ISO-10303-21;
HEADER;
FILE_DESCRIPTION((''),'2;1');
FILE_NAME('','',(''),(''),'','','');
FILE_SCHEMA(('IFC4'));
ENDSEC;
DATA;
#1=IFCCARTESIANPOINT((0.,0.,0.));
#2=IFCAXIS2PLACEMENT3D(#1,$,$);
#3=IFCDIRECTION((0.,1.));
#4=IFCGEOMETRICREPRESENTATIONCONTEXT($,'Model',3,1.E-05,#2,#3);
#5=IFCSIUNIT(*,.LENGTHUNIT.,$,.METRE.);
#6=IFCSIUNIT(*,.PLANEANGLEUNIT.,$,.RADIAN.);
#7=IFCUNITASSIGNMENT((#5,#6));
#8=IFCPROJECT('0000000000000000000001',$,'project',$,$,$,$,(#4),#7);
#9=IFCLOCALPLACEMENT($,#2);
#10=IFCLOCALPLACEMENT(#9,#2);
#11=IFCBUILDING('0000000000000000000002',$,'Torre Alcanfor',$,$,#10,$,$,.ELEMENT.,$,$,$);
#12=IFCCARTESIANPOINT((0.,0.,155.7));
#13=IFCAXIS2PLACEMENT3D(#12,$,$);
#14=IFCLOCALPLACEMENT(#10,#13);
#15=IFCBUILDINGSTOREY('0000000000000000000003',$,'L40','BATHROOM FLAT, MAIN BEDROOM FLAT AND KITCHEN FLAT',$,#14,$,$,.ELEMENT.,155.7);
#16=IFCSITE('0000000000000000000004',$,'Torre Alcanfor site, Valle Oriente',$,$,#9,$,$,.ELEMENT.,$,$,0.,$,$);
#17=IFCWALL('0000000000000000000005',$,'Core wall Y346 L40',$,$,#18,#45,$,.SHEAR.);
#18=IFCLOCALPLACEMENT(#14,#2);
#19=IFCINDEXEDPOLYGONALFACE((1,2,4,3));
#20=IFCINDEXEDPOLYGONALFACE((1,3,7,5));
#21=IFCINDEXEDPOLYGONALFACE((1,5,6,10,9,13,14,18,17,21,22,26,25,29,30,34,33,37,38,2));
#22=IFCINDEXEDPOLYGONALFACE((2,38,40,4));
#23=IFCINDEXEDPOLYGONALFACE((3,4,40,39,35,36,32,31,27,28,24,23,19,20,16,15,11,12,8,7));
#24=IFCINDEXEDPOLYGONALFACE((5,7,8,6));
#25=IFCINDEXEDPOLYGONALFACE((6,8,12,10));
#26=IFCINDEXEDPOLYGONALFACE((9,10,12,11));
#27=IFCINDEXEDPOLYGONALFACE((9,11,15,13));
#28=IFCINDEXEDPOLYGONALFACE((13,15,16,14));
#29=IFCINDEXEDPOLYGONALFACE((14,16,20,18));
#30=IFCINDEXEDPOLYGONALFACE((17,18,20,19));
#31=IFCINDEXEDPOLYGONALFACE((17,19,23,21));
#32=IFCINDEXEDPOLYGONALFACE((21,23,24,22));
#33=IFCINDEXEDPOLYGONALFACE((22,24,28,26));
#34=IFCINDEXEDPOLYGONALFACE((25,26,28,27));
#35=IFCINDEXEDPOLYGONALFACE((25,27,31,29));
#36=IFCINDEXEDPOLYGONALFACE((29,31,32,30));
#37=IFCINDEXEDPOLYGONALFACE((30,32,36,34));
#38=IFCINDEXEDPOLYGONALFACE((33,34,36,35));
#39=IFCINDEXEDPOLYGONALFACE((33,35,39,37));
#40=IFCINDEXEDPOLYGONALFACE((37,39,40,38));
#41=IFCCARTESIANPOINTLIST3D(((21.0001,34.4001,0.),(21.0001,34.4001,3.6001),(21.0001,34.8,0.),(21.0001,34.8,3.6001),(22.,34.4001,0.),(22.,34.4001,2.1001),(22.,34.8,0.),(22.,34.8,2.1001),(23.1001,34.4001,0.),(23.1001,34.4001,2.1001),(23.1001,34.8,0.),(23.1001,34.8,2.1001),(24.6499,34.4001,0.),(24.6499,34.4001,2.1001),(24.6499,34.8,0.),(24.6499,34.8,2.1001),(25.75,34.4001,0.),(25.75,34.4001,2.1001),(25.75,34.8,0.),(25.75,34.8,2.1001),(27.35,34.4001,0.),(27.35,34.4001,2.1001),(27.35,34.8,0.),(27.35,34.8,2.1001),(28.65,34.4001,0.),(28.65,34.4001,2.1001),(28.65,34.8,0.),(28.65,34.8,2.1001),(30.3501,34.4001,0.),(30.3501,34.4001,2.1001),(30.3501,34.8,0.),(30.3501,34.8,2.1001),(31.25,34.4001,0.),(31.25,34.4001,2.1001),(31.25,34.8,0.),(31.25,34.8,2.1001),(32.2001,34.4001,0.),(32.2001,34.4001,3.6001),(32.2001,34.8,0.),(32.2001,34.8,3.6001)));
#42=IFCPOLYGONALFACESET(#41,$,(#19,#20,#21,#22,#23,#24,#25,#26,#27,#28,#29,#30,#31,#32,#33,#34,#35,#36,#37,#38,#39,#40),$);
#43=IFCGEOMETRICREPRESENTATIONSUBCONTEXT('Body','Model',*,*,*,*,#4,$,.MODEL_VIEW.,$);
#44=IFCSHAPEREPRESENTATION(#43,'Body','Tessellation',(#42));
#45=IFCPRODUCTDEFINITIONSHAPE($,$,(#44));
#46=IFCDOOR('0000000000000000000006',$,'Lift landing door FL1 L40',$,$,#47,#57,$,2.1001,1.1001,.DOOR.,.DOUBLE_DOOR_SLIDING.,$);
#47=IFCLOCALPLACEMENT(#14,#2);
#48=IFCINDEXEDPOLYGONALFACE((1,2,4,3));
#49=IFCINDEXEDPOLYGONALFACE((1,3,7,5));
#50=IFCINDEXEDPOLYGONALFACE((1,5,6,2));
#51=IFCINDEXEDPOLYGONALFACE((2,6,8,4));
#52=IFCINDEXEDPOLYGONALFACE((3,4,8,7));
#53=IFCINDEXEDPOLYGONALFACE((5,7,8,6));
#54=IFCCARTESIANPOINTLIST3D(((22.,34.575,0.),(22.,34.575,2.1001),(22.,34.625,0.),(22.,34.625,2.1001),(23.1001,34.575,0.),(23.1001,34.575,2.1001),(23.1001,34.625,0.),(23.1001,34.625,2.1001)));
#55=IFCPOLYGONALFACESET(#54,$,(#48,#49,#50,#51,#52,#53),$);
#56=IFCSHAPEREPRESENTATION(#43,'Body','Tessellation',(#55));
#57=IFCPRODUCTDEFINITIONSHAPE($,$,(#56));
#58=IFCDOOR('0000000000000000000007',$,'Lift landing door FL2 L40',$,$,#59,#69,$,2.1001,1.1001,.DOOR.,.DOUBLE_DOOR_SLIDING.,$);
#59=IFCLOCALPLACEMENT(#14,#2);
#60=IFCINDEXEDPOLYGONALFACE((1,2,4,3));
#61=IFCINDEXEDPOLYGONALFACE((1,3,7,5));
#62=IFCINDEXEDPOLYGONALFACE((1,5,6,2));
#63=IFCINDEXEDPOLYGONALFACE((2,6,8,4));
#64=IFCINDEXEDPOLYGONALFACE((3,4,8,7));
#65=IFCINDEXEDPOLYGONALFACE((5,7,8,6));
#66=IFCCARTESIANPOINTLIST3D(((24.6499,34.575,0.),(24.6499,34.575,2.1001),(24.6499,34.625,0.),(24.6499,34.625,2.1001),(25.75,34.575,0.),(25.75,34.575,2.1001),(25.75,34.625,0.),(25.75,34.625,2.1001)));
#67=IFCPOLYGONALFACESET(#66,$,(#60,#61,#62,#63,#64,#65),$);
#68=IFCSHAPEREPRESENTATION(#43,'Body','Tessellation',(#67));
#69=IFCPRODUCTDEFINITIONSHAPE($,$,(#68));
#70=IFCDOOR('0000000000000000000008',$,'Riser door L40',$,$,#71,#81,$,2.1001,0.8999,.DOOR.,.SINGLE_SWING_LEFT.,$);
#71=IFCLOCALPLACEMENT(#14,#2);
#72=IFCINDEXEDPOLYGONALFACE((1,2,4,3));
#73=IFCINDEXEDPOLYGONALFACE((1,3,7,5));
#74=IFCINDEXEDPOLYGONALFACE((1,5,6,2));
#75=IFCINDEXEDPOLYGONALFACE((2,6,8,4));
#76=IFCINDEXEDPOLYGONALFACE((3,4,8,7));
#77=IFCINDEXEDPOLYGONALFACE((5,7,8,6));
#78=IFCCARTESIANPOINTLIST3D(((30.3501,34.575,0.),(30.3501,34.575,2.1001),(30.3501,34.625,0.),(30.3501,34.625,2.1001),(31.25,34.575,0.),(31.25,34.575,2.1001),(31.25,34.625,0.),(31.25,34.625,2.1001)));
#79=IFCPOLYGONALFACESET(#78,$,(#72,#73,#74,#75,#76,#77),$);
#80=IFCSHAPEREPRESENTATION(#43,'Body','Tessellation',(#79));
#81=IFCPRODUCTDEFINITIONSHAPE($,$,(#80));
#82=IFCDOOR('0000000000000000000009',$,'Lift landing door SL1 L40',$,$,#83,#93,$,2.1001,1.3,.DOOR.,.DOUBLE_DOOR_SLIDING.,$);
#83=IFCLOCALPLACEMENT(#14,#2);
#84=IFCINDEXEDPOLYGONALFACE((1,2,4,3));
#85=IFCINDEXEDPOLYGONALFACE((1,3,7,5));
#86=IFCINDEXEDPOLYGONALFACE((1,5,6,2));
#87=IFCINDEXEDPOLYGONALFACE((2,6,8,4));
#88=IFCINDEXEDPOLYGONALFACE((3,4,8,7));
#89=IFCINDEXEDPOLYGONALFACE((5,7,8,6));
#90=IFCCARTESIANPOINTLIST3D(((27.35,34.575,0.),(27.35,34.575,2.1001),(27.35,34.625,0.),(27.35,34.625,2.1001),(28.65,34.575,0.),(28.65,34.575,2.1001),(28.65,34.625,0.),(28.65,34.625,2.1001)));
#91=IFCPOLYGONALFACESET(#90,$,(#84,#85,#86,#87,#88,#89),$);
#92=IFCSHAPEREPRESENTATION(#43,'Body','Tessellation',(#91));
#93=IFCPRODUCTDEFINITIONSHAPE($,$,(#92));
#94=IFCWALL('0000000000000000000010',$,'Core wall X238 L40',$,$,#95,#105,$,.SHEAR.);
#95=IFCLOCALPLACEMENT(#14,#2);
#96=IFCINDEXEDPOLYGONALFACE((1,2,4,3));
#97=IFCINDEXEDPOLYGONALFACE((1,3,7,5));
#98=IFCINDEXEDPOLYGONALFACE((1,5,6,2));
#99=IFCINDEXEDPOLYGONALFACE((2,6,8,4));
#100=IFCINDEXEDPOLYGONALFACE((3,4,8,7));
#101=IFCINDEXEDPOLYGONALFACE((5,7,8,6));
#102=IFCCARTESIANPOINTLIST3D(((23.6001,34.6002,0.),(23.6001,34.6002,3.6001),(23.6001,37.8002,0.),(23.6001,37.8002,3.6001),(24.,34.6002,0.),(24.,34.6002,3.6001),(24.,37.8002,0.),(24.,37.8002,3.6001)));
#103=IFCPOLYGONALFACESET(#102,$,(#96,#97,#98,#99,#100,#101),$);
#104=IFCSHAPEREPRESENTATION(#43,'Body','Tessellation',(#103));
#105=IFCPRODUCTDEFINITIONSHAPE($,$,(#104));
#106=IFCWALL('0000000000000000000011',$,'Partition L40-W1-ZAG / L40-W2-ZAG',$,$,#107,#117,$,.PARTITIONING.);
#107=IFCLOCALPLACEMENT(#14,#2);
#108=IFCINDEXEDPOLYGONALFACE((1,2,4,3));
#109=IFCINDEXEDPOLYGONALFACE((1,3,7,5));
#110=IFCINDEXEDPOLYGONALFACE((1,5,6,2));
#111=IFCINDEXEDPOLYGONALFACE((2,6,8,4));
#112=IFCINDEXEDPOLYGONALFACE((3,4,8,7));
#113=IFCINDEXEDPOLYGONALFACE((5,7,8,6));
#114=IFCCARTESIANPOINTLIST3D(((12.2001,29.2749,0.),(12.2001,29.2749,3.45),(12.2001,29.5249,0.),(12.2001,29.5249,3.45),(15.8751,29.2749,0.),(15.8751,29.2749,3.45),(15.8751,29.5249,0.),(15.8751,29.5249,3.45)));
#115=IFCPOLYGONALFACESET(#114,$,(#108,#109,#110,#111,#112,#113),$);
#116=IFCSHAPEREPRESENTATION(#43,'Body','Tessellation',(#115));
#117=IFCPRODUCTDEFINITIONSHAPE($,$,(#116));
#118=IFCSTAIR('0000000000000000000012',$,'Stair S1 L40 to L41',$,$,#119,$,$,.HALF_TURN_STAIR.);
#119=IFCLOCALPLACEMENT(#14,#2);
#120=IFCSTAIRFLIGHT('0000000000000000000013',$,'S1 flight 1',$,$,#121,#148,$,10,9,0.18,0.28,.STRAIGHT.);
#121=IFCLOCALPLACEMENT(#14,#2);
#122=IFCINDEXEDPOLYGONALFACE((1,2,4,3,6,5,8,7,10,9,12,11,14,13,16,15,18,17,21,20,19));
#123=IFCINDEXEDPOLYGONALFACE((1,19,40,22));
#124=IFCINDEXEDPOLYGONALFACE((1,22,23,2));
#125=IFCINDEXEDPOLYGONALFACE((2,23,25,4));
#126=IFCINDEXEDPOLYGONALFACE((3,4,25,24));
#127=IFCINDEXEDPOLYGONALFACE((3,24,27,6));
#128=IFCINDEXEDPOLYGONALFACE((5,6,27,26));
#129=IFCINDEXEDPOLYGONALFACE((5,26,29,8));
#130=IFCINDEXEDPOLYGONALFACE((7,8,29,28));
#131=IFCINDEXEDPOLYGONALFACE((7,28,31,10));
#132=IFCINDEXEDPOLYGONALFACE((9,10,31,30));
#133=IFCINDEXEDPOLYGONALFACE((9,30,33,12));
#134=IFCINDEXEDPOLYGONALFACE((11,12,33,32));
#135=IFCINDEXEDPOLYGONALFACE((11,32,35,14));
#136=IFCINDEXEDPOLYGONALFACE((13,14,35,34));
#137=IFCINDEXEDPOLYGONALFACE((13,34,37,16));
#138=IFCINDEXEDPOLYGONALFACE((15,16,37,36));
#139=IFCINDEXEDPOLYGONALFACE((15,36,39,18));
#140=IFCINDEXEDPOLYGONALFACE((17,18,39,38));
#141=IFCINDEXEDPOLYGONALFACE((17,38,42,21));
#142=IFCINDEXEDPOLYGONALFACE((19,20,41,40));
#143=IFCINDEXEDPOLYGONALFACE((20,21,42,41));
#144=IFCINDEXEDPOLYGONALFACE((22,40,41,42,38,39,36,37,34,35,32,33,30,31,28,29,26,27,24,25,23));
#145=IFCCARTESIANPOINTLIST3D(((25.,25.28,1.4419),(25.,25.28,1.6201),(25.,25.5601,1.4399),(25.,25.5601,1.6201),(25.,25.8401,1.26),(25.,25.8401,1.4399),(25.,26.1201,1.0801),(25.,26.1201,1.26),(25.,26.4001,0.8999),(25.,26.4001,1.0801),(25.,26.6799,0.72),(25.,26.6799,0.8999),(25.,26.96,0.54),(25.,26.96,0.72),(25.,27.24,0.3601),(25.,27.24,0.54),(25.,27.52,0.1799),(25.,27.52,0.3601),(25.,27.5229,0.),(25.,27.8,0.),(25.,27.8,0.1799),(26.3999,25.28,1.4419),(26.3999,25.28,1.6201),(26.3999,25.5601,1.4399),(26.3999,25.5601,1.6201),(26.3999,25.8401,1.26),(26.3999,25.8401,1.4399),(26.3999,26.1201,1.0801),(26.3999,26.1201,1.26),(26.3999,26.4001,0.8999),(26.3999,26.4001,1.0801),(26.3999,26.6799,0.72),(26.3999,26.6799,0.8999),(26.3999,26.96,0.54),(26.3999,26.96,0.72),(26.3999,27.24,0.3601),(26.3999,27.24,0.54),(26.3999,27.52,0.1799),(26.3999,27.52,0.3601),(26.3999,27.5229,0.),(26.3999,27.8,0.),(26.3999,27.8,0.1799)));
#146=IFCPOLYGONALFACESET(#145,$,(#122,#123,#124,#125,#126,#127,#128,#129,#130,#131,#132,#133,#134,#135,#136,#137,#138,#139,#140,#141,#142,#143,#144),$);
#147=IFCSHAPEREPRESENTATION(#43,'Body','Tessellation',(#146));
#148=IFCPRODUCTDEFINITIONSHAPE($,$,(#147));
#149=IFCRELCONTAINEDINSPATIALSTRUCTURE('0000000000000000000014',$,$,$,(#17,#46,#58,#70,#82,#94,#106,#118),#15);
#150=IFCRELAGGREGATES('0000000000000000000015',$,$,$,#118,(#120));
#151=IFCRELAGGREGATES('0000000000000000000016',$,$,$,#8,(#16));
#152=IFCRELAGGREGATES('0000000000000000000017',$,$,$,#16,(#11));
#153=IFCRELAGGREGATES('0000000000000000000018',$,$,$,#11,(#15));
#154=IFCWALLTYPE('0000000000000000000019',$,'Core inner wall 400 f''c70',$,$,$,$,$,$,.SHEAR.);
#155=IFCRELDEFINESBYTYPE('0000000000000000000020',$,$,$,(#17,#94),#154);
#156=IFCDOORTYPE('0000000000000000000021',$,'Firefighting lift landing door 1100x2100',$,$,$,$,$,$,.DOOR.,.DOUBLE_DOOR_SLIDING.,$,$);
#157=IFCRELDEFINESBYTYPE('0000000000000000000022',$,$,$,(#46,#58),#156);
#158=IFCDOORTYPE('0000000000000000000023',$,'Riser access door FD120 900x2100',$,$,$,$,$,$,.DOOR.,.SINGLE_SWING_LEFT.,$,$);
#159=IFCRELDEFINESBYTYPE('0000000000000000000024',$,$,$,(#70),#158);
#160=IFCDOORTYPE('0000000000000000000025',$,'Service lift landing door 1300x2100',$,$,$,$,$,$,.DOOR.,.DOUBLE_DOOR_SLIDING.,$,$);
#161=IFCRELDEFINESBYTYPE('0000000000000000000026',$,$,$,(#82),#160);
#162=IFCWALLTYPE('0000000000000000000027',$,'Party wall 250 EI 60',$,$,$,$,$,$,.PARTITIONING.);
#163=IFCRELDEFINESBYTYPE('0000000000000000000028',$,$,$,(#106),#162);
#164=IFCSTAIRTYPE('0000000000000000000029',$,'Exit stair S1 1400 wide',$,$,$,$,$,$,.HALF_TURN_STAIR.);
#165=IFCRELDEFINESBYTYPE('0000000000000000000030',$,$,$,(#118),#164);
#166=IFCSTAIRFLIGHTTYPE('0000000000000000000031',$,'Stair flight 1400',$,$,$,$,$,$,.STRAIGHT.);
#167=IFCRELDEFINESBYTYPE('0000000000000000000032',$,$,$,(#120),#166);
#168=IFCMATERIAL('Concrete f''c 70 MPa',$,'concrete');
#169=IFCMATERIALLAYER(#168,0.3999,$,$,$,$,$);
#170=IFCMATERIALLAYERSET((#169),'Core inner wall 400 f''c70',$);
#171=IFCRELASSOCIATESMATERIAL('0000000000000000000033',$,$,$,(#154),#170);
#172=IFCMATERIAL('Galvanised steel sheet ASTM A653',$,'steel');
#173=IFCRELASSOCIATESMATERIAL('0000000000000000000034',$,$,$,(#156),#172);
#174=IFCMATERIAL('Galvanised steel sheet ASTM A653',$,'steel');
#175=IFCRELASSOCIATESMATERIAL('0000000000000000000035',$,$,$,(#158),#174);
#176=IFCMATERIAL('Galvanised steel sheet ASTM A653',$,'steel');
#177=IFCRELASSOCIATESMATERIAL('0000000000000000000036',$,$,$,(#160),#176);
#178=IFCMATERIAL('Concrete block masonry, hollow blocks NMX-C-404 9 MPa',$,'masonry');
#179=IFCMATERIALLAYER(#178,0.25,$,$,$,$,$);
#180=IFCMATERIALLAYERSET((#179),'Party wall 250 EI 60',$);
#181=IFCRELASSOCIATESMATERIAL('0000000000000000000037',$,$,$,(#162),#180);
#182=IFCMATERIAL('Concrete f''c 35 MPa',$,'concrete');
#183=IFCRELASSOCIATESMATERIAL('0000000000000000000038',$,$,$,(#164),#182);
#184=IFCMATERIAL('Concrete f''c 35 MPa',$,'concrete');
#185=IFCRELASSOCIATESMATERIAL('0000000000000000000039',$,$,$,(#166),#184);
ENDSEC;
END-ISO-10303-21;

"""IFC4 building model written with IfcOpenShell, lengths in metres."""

from ifc_helpers import new_model, si_unit, direction, frame, frame_2d, origin, place, context, subcontext, project, spatial, polyline, rectangle, outline, extrude, material, layer, layer_set, type_object, element, fill, aggregate, save


model = new_model("IFC4")

# Units and contexts
model_context = context("Model", 3, precision=1e-05, world=origin(), true_north=direction((0.0, 1.0)))
body_context = subcontext(model_context, "Body", "Model", "MODEL_VIEW")
ifc_project = project(units=[si_unit("LENGTHUNIT", "METRE"), si_unit("PLANEANGLEUNIT", "RADIAN")], contexts=[model_context])

# Site, building, storey
site_placement = place(None, origin())
site = spatial("IfcSite", under=ifc_project, at=site_placement, Name="Torre Alcanfor site, Valle Oriente", CompositionType="ELEMENT", RefElevation=0.0)
building_placement = place(site_placement, origin())
building = spatial("IfcBuilding", under=site, at=building_placement, Name="Torre Alcanfor", CompositionType="ELEMENT")
storey_placement = place(building_placement, frame((0.0, 0.0, 155.7)))
storey = spatial("IfcBuildingStorey", under=building, at=storey_placement, Name="L40", Description="BATHROOM FLAT, MAIN BEDROOM FLAT AND KITCHEN FLAT", CompositionType="ELEMENT", Elevation=155.7)

# Shared definitions
ifc_material_1 = material(Name="Concrete f'c 70 MPa", Category="concrete")
ifc_layer_1 = layer(ifc_material_1, 0.3999)
ifc_layer_set_1 = layer_set([ifc_layer_1], Name="Core inner wall 400 f'c70")
wall_type_1 = type_object("IfcWallType", Name="Core inner wall 400 f'c70", PredefinedType="SHEAR", material=ifc_layer_set_1)

# Wall, openings, doors
wall_1_placement = place(storey_placement, frame((21.0, 34.6001, 0.0), z_axis=(0.0, 0.0, 1.0), x_axis=(1.0, 0.0, 0.0)))
wall_1 = element("IfcWall", 1, at=wall_1_placement, inside=storey, type_object=wall_type_1, Name="Core wall Y346 L40", PredefinedType="SHEAR", context=body_context, shape_type="SweptSolid", body=[
    extrude(rectangle(XDim=11.2, YDim=0.3999, at=frame_2d((5.6001, 0.0))), origin(), (0.0, 0.0, 1.0), 3.6001),
])
opening_1_placement = place(wall_1_placement, frame((9.3501, 0.0, 0.0)))
opening_1 = element("IfcOpeningElement", 2, at=opening_1_placement, cuts=wall_1, PredefinedType="OPENING", context=body_context, shape_type="SweptSolid", body=[
    extrude(rectangle(XDim=0.8999, YDim=2.1001, at=frame_2d((0.45, 1.05))), frame((0.0, 0.21, 0.0), z_axis=(0.0, -1.0, 0.0), x_axis=(1.0, 0.0, 0.0)), (0.0, 0.0, 1.0), 0.4199),
])
opening_2_placement = place(wall_1_placement, frame((1.0, 0.0, 0.0)))
opening_2 = element("IfcOpeningElement", 3, at=opening_2_placement, cuts=wall_1, PredefinedType="OPENING", context=body_context, shape_type="SweptSolid", body=[
    extrude(rectangle(XDim=1.1001, YDim=2.1001, at=frame_2d((0.55, 1.05))), frame((0.0, 0.21, 0.0), z_axis=(0.0, -1.0, 0.0), x_axis=(1.0, 0.0, 0.0)), (0.0, 0.0, 1.0), 0.4199),
])
opening_3_placement = place(wall_1_placement, frame((3.6499, 0.0, 0.0)))
opening_3 = element("IfcOpeningElement", 4, at=opening_3_placement, cuts=wall_1, PredefinedType="OPENING", context=body_context, shape_type="SweptSolid", body=[
    extrude(rectangle(XDim=1.1001, YDim=2.1001, at=frame_2d((0.55, 1.05))), frame((0.0, 0.21, 0.0), z_axis=(0.0, -1.0, 0.0), x_axis=(1.0, 0.0, 0.0)), (0.0, 0.0, 1.0), 0.4199),
])
opening_4_placement = place(wall_1_placement, frame((6.3501, 0.0, 0.0)))
opening_4 = element("IfcOpeningElement", 5, at=opening_4_placement, cuts=wall_1, PredefinedType="OPENING", context=body_context, shape_type="SweptSolid", body=[
    extrude(rectangle(XDim=1.3, YDim=2.1001, at=frame_2d((0.6499, 1.05))), frame((0.0, 0.21, 0.0), z_axis=(0.0, -1.0, 0.0), x_axis=(1.0, 0.0, 0.0)), (0.0, 0.0, 1.0), 0.4199),
])
ifc_material_2 = material(Name="Galvanised steel sheet ASTM A653", Category="steel")
door_type_1 = type_object("IfcDoorType", Name="Firefighting lift landing door 1100x2100", OperationType="DOUBLE_DOOR_SLIDING", PredefinedType="DOOR", material=ifc_material_2)
door_1_placement = place(opening_2_placement, origin())
door_1 = element("IfcDoor", 6, at=door_1_placement, inside=storey, type_object=door_type_1, Name="Lift landing door FL1 L40", OperationType="DOUBLE_DOOR_SLIDING", OverallHeight=2.1001, OverallWidth=1.1001, PredefinedType="DOOR", context=body_context, shape_type="SweptSolid", body=[
    extrude(rectangle(XDim=1.1001, YDim=2.1001, at=frame_2d((0.55, 1.05))), frame((0.0, 0.0249, 0.0), z_axis=(0.0, -1.0, 0.0), x_axis=(1.0, 0.0, 0.0)), (0.0, 0.0, 1.0), 0.05),
])
fill(opening_2, door_1)
door_2_placement = place(opening_3_placement, origin())
door_2 = element("IfcDoor", 7, at=door_2_placement, inside=storey, type_object=door_type_1, Name="Lift landing door FL2 L40", OperationType="DOUBLE_DOOR_SLIDING", OverallHeight=2.1001, OverallWidth=1.1001, PredefinedType="DOOR", context=body_context, shape_type="SweptSolid", body=[
    extrude(rectangle(XDim=1.1001, YDim=2.1001, at=frame_2d((0.55, 1.05))), frame((0.0, 0.0249, 0.0), z_axis=(0.0, -1.0, 0.0), x_axis=(1.0, 0.0, 0.0)), (0.0, 0.0, 1.0), 0.05),
])
fill(opening_3, door_2)
ifc_material_3 = material(Name="Galvanised steel sheet ASTM A653", Category="steel")
door_type_2 = type_object("IfcDoorType", Name="Riser access door FD120 900x2100", OperationType="SINGLE_SWING_LEFT", PredefinedType="DOOR", material=ifc_material_3)
door_3_placement = place(opening_1_placement, origin())
door_3 = element("IfcDoor", 8, at=door_3_placement, inside=storey, type_object=door_type_2, Name="Riser door L40", OperationType="SINGLE_SWING_LEFT", OverallHeight=2.1001, OverallWidth=0.8999, PredefinedType="DOOR", context=body_context, shape_type="SweptSolid", body=[
    extrude(rectangle(XDim=0.8999, YDim=2.1001, at=frame_2d((0.45, 1.05))), frame((0.0, 0.0249, 0.0), z_axis=(0.0, -1.0, 0.0), x_axis=(1.0, 0.0, 0.0)), (0.0, 0.0, 1.0), 0.05),
])
fill(opening_1, door_3)
ifc_material_4 = material(Name="Galvanised steel sheet ASTM A653", Category="steel")
door_type_3 = type_object("IfcDoorType", Name="Service lift landing door 1300x2100", OperationType="DOUBLE_DOOR_SLIDING", PredefinedType="DOOR", material=ifc_material_4)
door_4_placement = place(opening_4_placement, origin())
door_4 = element("IfcDoor", 9, at=door_4_placement, inside=storey, type_object=door_type_3, Name="Lift landing door SL1 L40", OperationType="DOUBLE_DOOR_SLIDING", OverallHeight=2.1001, OverallWidth=1.3, PredefinedType="DOOR", context=body_context, shape_type="SweptSolid", body=[
    extrude(rectangle(XDim=1.3, YDim=2.1001, at=frame_2d((0.6499, 1.05))), frame((0.0, 0.0249, 0.0), z_axis=(0.0, -1.0, 0.0), x_axis=(1.0, 0.0, 0.0)), (0.0, 0.0, 1.0), 0.05),
])
fill(opening_4, door_4)

# Walls
wall_2_placement = place(storey_placement, frame((23.8, 34.6001, 0.0), z_axis=(0.0, 0.0, 1.0), x_axis=(0.0, 1.0, 0.0)))
element("IfcWall", 10, at=wall_2_placement, inside=storey, type_object=wall_type_1, Name="Core wall X238 L40", PredefinedType="SHEAR", context=body_context, shape_type="SweptSolid", body=[
    extrude(rectangle(XDim=3.2, YDim=0.3999, at=frame_2d((1.6001, 0.0))), origin(), (0.0, 0.0, 1.0), 3.6001),
])
ifc_material_5 = material(Name="Concrete block masonry, hollow blocks NMX-C-404 9 MPa", Category="masonry")
ifc_layer_2 = layer(ifc_material_5, 0.25)
ifc_layer_set_2 = layer_set([ifc_layer_2], Name="Party wall 250 EI 60")
wall_type_2 = type_object("IfcWallType", Name="Party wall 250 EI 60", PredefinedType="PARTITIONING", material=ifc_layer_set_2)
wall_3_placement = place(storey_placement, frame((15.875, 29.3999, 0.0), z_axis=(0.0, 0.0, 1.0), x_axis=(-1.0, 0.0, 0.0)))
element("IfcWall", 11, at=wall_3_placement, inside=storey, type_object=wall_type_2, Name="Partition L40-W1-ZAG / L40-W2-ZAG", PredefinedType="PARTITIONING", context=body_context, shape_type="SweptSolid", body=[
    extrude(rectangle(XDim=3.675, YDim=0.25, at=frame_2d((1.8374, 0.0))), origin(), (0.0, 0.0, 1.0), 3.45),
])

# Stair, stair flight
ifc_material_6 = material(Name="Concrete f'c 35 MPa", Category="concrete")
stair_type = type_object("IfcStairType", Name="Exit stair S1 1400 wide", PredefinedType="HALF_TURN_STAIR", material=ifc_material_6)
stair_placement = place(storey_placement, origin())
stair = element("IfcStair", 12, at=stair_placement, inside=storey, type_object=stair_type, Name="Stair S1 L40 to L41", PredefinedType="HALF_TURN_STAIR")
ifc_material_7 = material(Name="Concrete f'c 35 MPa", Category="concrete")
stair_flight_type = type_object("IfcStairFlightType", Name="Stair flight 1400", PredefinedType="STRAIGHT", material=ifc_material_7)
stair_flight_placement = place(storey_placement, frame((25.7, 27.8, 0.0), z_axis=(0.0, 0.0, 1.0), x_axis=(0.0, -1.0, 0.0)))
stair_flight = element("IfcStairFlight", 13, at=stair_flight_placement, type_object=stair_flight_type, Name="S1 flight 1", NumberOfRisers=10, NumberOfTreads=9, PredefinedType="STRAIGHT", RiserHeight=0.18, TreadLength=0.28, context=body_context, shape_type="SweptSolid", body=[
    extrude(outline(polyline([(0.0, 0.0), (0.0, 0.1799), (0.28, 0.1799), (0.28, 0.3601), (0.5601, 0.3601), (0.5601, 0.54), (0.8401, 0.54), (0.8401, 0.72), (1.1201, 0.72), (1.1201, 0.8999), (1.3999, 0.8999), (1.3999, 1.0801), (1.6799, 1.0801), (1.6799, 1.26), (1.96, 1.26), (1.96, 1.4399), (2.24, 1.4399), (2.24, 1.6201), (2.52, 1.6201), (2.52, 1.8), (2.52, 1.4419), (0.2771, 0.0), (0.0, 0.0)])), frame((0.0, 0.7, 0.0), z_axis=(0.0, -1.0, 0.0), x_axis=(1.0, 0.0, 0.0)), (0.0, 0.0, 1.0), 1.3999),
])
aggregate(stair, [stair_flight])

save(model, "model.ifc")
